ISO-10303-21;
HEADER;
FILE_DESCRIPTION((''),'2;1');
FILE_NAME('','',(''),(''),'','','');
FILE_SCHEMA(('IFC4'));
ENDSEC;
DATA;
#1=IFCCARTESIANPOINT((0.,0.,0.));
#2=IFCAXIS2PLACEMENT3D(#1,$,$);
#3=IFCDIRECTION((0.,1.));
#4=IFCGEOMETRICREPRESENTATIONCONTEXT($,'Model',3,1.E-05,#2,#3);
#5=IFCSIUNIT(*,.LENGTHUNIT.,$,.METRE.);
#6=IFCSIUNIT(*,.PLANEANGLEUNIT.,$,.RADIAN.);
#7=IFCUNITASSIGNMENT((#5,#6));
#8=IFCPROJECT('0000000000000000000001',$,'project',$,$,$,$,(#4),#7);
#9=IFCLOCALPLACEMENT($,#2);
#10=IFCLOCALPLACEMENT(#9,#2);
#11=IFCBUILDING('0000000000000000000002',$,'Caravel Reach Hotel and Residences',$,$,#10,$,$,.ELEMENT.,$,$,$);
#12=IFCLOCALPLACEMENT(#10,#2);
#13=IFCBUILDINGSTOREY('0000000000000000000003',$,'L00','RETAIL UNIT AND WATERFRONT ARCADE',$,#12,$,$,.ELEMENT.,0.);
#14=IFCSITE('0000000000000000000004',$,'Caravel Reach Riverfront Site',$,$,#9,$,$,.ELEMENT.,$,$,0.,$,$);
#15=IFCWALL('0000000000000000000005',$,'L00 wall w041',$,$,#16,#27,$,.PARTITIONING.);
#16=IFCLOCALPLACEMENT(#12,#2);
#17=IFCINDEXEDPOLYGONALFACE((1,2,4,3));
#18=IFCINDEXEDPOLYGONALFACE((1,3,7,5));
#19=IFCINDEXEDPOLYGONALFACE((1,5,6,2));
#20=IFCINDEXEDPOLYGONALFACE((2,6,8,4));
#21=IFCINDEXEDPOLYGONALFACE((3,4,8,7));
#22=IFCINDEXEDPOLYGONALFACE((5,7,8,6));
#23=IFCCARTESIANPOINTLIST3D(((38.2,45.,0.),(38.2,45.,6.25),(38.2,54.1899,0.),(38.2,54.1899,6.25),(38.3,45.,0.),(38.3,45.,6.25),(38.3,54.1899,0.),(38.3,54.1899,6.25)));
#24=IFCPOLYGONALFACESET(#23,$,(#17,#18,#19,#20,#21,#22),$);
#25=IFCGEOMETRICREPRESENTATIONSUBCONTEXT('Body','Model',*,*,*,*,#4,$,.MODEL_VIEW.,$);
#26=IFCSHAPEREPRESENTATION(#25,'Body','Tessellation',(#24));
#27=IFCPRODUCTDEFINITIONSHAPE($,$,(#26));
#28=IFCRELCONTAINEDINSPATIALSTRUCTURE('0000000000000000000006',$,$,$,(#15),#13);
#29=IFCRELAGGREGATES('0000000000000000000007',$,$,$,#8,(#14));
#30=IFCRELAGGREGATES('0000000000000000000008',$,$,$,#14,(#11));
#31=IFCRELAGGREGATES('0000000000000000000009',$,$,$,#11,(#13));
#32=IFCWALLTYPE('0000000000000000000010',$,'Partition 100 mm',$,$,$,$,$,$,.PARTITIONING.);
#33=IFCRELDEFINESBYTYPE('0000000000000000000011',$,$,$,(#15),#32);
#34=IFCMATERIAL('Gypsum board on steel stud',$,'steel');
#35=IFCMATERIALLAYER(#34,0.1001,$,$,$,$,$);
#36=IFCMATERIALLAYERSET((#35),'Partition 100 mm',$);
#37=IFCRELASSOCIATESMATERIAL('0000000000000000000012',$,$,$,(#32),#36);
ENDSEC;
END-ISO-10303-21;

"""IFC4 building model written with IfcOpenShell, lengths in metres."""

from ifc_helpers import new_model, si_unit, direction, frame, frame_2d, origin, place, context, subcontext, project, spatial, rectangle, extrude, material, layer, layer_set, type_object, element, save


model = new_model("IFC4")

# Units and contexts
model_context = context("Model", 3, precision=1e-05, world=origin(), true_north=direction((0.0, 1.0)))
body_context = subcontext(model_context, "Body", "Model", "MODEL_VIEW")
ifc_project = project(units=[si_unit("LENGTHUNIT", "METRE"), si_unit("PLANEANGLEUNIT", "RADIAN")], contexts=[model_context])

# Site, building, storey
site_placement = place(None, origin())
site = spatial("IfcSite", under=ifc_project, at=site_placement, Name="Caravel Reach Riverfront Site", CompositionType="ELEMENT", RefElevation=0.0)
building_placement = place(site_placement, origin())
building = spatial("IfcBuilding", under=site, at=building_placement, Name="Caravel Reach Hotel and Residences", CompositionType="ELEMENT")
storey_placement = place(building_placement, origin())
storey = spatial("IfcBuildingStorey", under=building, at=storey_placement, Name="L00", Description="RETAIL UNIT AND WATERFRONT ARCADE", CompositionType="ELEMENT", Elevation=0.0)

# Wall
ifc_material_1 = material(Name="Gypsum board on steel stud", Category="steel")
ifc_layer_1 = layer(ifc_material_1, 0.1001)
ifc_layer_set_1 = layer_set([ifc_layer_1], Name="Partition 100 mm")
wall_type_1 = type_object("IfcWallType", Name="Partition 100 mm", PredefinedType="PARTITIONING", material=ifc_layer_set_1)
wall_1_placement = place(storey_placement, frame((38.25, 45.0, 0.0), z_axis=(0.0, 0.0, 1.0), x_axis=(0.0, 1.0, 0.0)))
element("IfcWall", 1, at=wall_1_placement, inside=storey, type_object=wall_type_1, Name="L00 wall w041", PredefinedType="PARTITIONING", context=body_context, shape_type="SweptSolid", body=[
    extrude(rectangle(XDim=9.1899, YDim=0.1001, at=frame_2d((4.595, 0.0))), origin(), (0.0, 0.0, 1.0), 6.25),
])

save(model, "model.ifc")
